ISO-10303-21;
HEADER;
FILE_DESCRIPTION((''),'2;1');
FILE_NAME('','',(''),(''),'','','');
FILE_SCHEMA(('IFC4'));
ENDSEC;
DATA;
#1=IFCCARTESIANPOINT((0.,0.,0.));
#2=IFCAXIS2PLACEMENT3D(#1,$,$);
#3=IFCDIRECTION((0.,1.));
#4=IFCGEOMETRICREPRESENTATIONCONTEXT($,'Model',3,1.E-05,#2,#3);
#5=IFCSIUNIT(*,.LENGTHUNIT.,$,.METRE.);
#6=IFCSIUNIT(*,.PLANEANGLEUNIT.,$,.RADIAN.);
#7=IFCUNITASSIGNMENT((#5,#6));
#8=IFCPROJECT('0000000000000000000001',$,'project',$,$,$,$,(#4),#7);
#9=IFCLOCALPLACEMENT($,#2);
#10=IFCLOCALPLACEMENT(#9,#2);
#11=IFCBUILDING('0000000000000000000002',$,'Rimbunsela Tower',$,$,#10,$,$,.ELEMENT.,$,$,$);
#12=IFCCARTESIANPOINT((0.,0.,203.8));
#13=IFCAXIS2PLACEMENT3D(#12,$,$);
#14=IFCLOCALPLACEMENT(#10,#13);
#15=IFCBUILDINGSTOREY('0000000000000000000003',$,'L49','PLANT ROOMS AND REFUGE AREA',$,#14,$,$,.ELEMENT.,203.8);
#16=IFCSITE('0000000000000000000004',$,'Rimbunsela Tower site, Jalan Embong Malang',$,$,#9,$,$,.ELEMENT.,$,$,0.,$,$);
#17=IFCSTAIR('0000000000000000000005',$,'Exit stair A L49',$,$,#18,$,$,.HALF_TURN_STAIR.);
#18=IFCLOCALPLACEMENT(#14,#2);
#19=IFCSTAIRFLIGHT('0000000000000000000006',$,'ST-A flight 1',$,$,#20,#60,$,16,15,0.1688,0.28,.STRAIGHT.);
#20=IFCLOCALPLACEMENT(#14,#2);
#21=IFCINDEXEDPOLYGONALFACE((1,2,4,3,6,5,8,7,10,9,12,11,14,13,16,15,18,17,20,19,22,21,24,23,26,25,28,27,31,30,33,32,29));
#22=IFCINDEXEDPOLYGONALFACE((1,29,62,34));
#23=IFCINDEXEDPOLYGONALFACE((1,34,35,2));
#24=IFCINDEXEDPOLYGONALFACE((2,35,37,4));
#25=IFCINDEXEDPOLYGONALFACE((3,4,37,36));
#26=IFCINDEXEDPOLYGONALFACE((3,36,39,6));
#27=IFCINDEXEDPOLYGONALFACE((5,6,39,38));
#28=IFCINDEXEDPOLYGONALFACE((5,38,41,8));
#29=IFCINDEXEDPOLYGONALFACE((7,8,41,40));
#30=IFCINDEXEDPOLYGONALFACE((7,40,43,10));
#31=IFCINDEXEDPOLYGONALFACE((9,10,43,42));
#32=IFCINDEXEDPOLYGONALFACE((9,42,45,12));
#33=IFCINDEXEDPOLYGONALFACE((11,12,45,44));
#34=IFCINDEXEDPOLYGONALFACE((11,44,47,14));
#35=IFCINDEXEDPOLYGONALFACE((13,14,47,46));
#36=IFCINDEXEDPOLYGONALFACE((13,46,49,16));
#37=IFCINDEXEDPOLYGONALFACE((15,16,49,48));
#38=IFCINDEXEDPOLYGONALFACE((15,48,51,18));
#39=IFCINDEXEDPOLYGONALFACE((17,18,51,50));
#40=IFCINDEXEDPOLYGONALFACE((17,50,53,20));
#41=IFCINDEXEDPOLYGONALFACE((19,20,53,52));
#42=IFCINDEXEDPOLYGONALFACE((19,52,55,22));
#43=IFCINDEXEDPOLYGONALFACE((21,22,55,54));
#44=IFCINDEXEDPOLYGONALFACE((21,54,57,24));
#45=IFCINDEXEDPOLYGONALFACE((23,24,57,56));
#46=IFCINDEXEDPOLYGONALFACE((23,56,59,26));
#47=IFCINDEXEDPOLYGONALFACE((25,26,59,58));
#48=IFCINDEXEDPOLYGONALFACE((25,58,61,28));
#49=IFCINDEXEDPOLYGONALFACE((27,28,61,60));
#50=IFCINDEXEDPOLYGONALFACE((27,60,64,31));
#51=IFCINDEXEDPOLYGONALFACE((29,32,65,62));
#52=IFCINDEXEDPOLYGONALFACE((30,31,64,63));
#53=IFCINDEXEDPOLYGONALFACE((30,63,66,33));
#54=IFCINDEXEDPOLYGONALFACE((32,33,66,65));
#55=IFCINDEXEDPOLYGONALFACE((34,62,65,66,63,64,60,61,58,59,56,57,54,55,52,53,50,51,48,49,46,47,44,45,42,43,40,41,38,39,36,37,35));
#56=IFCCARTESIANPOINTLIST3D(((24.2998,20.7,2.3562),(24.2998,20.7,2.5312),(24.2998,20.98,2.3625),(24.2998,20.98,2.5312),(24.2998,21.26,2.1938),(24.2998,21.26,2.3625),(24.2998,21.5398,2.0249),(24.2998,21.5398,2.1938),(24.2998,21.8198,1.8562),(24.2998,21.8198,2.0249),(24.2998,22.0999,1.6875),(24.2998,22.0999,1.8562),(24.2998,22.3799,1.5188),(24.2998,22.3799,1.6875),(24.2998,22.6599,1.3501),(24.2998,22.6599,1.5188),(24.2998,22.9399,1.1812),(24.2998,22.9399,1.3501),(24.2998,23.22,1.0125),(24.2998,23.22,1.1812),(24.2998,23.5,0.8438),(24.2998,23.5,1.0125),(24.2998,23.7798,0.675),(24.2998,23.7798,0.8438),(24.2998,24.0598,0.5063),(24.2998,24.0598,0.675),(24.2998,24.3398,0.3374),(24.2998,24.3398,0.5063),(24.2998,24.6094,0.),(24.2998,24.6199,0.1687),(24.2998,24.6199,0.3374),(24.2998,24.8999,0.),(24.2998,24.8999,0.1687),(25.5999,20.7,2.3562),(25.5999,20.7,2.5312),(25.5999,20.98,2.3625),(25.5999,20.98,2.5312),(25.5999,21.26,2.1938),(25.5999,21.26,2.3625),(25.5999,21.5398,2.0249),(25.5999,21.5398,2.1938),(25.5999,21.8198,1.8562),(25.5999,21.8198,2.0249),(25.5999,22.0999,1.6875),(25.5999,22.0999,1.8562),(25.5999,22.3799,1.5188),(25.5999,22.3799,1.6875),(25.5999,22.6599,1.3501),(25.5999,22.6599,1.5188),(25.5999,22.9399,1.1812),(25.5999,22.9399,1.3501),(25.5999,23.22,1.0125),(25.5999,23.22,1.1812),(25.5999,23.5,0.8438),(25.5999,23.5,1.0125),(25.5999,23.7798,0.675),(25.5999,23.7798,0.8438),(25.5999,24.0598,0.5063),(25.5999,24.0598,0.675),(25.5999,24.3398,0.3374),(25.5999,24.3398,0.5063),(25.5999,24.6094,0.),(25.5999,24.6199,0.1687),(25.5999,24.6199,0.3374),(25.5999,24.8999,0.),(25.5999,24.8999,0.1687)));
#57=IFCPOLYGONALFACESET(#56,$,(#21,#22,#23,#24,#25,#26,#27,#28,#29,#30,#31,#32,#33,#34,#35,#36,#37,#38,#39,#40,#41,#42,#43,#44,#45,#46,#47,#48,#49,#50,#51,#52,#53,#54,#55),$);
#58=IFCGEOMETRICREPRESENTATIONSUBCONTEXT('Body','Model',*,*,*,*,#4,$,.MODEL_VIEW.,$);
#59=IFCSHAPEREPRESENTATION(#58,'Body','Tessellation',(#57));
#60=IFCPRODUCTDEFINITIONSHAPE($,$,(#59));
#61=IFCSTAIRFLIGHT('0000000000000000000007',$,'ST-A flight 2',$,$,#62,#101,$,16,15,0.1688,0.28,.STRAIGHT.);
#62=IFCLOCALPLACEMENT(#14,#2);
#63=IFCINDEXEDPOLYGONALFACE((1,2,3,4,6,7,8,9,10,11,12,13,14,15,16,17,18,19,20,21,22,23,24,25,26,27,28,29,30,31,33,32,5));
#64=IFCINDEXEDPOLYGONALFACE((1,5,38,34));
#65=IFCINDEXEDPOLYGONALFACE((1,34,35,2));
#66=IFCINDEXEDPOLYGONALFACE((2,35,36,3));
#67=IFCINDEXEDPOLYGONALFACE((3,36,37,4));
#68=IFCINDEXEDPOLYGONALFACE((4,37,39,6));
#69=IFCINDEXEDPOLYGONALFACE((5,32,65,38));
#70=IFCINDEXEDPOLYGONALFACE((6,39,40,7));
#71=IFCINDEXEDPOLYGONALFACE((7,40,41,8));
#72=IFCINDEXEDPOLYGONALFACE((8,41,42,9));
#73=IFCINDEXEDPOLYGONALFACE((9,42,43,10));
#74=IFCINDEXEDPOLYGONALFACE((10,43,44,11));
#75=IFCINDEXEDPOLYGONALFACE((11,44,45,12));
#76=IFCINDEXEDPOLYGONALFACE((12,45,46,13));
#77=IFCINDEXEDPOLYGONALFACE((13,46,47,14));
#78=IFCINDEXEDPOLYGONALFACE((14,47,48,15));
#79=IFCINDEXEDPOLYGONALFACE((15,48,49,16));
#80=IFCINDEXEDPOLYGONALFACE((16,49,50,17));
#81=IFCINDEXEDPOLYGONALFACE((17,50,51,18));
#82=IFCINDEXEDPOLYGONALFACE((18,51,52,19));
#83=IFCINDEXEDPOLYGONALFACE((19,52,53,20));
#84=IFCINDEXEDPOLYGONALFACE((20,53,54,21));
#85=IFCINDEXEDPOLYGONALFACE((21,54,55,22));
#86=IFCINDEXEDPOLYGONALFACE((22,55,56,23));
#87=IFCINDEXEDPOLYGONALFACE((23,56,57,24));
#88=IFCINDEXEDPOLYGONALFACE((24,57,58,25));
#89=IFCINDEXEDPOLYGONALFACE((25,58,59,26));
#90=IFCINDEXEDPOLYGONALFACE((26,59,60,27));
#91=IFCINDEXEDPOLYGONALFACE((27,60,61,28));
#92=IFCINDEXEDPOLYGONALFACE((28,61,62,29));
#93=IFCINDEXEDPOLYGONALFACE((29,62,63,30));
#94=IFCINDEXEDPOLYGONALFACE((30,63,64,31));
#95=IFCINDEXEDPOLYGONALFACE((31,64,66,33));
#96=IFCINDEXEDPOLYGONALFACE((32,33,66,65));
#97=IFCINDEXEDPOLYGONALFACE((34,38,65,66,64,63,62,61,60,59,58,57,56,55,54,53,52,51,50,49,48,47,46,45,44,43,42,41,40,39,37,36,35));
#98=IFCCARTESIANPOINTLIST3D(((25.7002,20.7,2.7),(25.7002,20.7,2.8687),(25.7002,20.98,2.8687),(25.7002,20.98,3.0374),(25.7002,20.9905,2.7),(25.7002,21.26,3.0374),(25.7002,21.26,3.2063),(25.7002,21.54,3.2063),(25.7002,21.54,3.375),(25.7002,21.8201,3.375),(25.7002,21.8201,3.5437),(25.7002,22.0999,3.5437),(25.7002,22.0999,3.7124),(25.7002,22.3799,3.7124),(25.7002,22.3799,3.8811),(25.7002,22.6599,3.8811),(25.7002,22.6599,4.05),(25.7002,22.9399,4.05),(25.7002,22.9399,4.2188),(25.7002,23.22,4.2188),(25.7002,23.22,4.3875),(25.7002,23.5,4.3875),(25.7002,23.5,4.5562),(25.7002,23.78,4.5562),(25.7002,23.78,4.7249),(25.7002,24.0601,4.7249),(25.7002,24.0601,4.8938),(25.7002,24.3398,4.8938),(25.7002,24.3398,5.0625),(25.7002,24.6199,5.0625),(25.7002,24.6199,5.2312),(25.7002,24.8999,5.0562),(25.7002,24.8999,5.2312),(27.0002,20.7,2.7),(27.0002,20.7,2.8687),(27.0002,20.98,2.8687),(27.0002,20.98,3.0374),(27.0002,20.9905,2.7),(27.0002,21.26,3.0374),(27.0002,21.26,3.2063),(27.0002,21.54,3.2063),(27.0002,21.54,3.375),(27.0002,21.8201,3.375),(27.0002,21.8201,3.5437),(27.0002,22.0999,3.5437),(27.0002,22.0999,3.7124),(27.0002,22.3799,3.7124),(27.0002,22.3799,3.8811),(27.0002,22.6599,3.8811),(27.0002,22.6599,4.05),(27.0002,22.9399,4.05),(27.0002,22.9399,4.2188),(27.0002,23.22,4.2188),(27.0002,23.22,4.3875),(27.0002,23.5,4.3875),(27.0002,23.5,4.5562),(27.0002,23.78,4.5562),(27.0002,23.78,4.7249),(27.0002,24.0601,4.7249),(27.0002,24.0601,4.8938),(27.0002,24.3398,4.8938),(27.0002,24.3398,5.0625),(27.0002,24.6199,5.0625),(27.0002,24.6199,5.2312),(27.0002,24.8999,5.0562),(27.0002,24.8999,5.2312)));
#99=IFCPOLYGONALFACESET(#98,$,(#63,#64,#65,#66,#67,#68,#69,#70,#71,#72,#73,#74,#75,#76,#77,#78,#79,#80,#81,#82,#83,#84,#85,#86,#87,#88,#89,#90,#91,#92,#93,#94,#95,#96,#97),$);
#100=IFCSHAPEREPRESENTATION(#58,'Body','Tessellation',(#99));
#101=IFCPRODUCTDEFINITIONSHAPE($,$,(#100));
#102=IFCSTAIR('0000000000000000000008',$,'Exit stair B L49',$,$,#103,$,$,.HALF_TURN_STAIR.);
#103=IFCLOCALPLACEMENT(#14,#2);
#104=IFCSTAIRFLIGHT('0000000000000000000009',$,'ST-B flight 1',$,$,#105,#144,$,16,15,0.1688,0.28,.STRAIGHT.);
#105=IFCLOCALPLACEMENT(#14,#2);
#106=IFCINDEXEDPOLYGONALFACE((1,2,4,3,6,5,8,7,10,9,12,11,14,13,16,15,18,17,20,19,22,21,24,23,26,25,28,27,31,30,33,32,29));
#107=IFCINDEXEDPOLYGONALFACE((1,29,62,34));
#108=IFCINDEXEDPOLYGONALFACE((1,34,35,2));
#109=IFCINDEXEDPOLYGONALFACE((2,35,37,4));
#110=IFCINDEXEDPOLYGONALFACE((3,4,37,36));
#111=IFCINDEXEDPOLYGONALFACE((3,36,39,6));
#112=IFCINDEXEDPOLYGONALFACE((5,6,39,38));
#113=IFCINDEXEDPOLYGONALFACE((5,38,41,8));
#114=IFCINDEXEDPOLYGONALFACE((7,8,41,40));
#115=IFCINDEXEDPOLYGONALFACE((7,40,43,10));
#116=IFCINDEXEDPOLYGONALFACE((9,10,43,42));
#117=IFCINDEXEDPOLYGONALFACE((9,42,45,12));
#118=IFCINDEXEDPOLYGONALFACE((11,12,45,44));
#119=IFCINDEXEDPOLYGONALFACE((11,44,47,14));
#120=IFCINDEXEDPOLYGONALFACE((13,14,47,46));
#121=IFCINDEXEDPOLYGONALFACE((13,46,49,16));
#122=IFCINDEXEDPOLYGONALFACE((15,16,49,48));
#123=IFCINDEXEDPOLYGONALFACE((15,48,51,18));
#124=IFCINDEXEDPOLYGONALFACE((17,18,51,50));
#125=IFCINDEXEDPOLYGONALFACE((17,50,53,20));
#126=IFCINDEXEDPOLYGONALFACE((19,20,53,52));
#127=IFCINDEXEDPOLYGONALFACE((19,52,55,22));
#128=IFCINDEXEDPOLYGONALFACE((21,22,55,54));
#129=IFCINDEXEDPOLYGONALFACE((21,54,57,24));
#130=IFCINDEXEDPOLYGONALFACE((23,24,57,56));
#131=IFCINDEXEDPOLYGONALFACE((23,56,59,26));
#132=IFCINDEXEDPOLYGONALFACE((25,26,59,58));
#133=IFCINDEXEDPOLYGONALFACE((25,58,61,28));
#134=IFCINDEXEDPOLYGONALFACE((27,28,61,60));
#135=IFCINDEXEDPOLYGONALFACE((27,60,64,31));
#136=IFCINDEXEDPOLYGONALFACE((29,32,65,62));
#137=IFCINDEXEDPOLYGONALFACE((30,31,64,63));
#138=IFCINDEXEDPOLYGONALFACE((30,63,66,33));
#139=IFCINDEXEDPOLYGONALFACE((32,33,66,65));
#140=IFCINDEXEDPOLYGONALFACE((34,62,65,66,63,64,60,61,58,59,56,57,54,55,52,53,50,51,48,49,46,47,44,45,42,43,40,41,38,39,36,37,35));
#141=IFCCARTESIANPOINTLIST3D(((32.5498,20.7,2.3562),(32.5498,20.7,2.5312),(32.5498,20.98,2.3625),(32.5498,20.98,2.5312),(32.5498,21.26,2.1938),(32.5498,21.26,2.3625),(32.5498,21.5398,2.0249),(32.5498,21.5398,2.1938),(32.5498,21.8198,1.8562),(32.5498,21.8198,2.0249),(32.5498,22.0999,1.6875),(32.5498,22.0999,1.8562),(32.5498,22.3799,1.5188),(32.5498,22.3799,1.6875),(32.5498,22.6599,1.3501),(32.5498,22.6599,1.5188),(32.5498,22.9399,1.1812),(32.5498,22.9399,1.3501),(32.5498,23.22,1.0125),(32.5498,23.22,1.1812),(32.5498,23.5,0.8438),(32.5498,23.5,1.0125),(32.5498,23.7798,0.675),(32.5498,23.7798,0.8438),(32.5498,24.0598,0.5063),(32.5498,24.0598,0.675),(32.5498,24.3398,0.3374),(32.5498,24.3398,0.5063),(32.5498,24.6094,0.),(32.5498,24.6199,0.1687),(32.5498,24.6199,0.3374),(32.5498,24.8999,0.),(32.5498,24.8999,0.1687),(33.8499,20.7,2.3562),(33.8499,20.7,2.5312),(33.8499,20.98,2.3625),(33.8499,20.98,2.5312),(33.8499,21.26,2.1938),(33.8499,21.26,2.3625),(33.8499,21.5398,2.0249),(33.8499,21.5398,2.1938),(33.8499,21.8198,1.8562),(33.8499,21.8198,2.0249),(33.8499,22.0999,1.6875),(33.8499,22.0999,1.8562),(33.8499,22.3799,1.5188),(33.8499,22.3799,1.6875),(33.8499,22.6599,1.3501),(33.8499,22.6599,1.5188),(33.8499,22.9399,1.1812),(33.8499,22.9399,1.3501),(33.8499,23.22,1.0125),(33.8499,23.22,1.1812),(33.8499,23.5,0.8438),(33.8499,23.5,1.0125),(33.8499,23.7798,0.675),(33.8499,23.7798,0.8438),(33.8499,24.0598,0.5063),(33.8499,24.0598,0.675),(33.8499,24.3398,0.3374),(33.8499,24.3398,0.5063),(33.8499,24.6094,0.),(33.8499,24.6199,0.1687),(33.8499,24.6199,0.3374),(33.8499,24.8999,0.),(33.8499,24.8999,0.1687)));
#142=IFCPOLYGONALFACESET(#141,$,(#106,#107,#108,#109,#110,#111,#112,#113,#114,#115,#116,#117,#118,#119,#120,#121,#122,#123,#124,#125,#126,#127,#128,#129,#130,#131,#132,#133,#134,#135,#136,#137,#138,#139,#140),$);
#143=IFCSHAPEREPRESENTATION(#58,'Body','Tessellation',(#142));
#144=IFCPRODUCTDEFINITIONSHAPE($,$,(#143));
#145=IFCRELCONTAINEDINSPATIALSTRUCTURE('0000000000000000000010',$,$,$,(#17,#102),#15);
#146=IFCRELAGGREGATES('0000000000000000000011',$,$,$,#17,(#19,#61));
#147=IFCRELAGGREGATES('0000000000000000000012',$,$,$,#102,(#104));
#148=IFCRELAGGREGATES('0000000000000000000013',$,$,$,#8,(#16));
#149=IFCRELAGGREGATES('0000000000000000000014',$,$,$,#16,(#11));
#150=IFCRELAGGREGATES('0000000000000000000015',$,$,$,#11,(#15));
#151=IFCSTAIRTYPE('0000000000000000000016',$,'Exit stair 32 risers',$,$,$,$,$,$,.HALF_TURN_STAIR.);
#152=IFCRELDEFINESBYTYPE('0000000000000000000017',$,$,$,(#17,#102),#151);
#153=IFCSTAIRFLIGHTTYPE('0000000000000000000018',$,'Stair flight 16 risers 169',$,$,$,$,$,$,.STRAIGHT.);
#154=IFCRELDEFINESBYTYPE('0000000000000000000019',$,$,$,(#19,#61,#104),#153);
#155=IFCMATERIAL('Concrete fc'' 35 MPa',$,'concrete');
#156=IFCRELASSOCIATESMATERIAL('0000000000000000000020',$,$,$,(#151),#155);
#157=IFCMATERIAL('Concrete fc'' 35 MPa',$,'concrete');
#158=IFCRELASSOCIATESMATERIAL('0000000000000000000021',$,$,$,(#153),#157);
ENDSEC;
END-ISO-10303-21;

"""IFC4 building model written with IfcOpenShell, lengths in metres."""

from ifc_helpers import new_model, si_unit, direction, frame, origin, place, context, subcontext, project, spatial, polyline, outline, extrude, material, type_object, element, aggregate, save


model = new_model("IFC4")

# Units and contexts
model_context = context("Model", 3, precision=1e-05, world=origin(), true_north=direction((0.0, 1.0)))
body_context = subcontext(model_context, "Body", "Model", "MODEL_VIEW")
ifc_project = project(units=[si_unit("LENGTHUNIT", "METRE"), si_unit("PLANEANGLEUNIT", "RADIAN")], contexts=[model_context])

# Site, building, storey
site_placement = place(None, origin())
site = spatial("IfcSite", under=ifc_project, at=site_placement, Name="Rimbunsela Tower site, Jalan Embong Malang", CompositionType="ELEMENT", RefElevation=0.0)
building_placement = place(site_placement, origin())
building = spatial("IfcBuilding", under=site, at=building_placement, Name="Rimbunsela Tower", CompositionType="ELEMENT")
storey_placement = place(building_placement, frame((0.0, 0.0, 203.8)))
storey = spatial("IfcBuildingStorey", under=building, at=storey_placement, Name="L49", Description="PLANT ROOMS AND REFUGE AREA", CompositionType="ELEMENT", Elevation=203.8)

# Stair, stair flights
ifc_material_1 = material(Name="Concrete fc' 35 MPa", Category="concrete")
stair_type = type_object("IfcStairType", Name="Exit stair 32 risers", PredefinedType="HALF_TURN_STAIR", material=ifc_material_1)
stair_1_placement = place(storey_placement, origin())
stair_1 = element("IfcStair", 1, at=stair_1_placement, inside=storey, type_object=stair_type, Name="Exit stair A L49", PredefinedType="HALF_TURN_STAIR")
ifc_material_2 = material(Name="Concrete fc' 35 MPa", Category="concrete")
stair_flight_type = type_object("IfcStairFlightType", Name="Stair flight 16 risers 169", PredefinedType="STRAIGHT", material=ifc_material_2)
stair_flight_1_placement = place(storey_placement, frame((24.95, 24.8999, 0.0), z_axis=(0.0, 0.0, 1.0), x_axis=(0.0, -1.0, 0.0)))
stair_flight_1 = element("IfcStairFlight", 2, at=stair_flight_1_placement, type_object=stair_flight_type, Name="ST-A flight 1", NumberOfRisers=16, NumberOfTreads=15, PredefinedType="STRAIGHT", RiserHeight=0.1688, TreadLength=0.28, context=body_context, shape_type="SweptSolid", body=[
    extrude(outline(polyline([(0.0, 0.0), (0.0, 0.1687), (0.28, 0.1687), (0.28, 0.3374), (0.5601, 0.3374), (0.5601, 0.5063), (0.8401, 0.5063), (0.8401, 0.675), (1.1201, 0.675), (1.1201, 0.8438), (1.3999, 0.8438), (1.3999, 1.0125), (1.6799, 1.0125), (1.6799, 1.1812), (1.96, 1.1812), (1.96, 1.3501), (2.24, 1.3501), (2.24, 1.5188), (2.52, 1.5188), (2.52, 1.6875), (2.8, 1.6875), (2.8, 1.8562), (3.0801, 1.8562), (3.0801, 2.0249), (3.3601, 2.0249), (3.3601, 2.1938), (3.6399, 2.1938), (3.6399, 2.3625), (3.9199, 2.3625), (3.9199, 2.5312), (4.2, 2.5312), (4.2, 2.7), (4.2, 2.3562), (0.2905, 0.0), (0.0, 0.0)])), frame((0.0, 0.6499, 0.0), z_axis=(0.0, -1.0, 0.0), x_axis=(1.0, 0.0, 0.0)), (0.0, 0.0, 1.0), 1.3),
])
stair_flight_2_placement = place(storey_placement, frame((26.3501, 20.7, 2.7), z_axis=(0.0, 0.0, 1.0), x_axis=(0.0, 1.0, 0.0)))
stair_flight_2 = element("IfcStairFlight", 3, at=stair_flight_2_placement, type_object=stair_flight_type, Name="ST-A flight 2", NumberOfRisers=16, NumberOfTreads=15, PredefinedType="STRAIGHT", RiserHeight=0.1688, TreadLength=0.28, context=body_context, shape_type="SweptSolid", body=[
    extrude(outline(polyline([(0.0, 0.0), (0.0, 0.1687), (0.28, 0.1687), (0.28, 0.3374), (0.5601, 0.3374), (0.5601, 0.5063), (0.8401, 0.5063), (0.8401, 0.675), (1.1201, 0.675), (1.1201, 0.8438), (1.3999, 0.8438), (1.3999, 1.0125), (1.6799, 1.0125), (1.6799, 1.1812), (1.96, 1.1812), (1.96, 1.3501), (2.24, 1.3501), (2.24, 1.5188), (2.52, 1.5188), (2.52, 1.6875), (2.8, 1.6875), (2.8, 1.8562), (3.0801, 1.8562), (3.0801, 2.0249), (3.3601, 2.0249), (3.3601, 2.1938), (3.6399, 2.1938), (3.6399, 2.3625), (3.9199, 2.3625), (3.9199, 2.5312), (4.2, 2.5312), (4.2, 2.7), (4.2, 2.3562), (0.2905, 0.0), (0.0, 0.0)])), frame((0.0, 0.6499, 0.0), z_axis=(0.0, -1.0, 0.0), x_axis=(1.0, 0.0, 0.0)), (0.0, 0.0, 1.0), 1.3),
])
aggregate(stair_1, [stair_flight_1, stair_flight_2])

# Stair, stair flight
stair_2_placement = place(storey_placement, origin())
stair_2 = element("IfcStair", 4, at=stair_2_placement, inside=storey, type_object=stair_type, Name="Exit stair B L49", PredefinedType="HALF_TURN_STAIR")
stair_flight_3_placement = place(storey_placement, frame((33.2, 24.8999, 0.0), z_axis=(0.0, 0.0, 1.0), x_axis=(0.0, -1.0, 0.0)))
stair_flight_3 = element("IfcStairFlight", 5, at=stair_flight_3_placement, type_object=stair_flight_type, Name="ST-B flight 1", NumberOfRisers=16, NumberOfTreads=15, PredefinedType="STRAIGHT", RiserHeight=0.1688, TreadLength=0.28, context=body_context, shape_type="SweptSolid", body=[
    extrude(outline(polyline([(0.0, 0.0), (0.0, 0.1687), (0.28, 0.1687), (0.28, 0.3374), (0.5601, 0.3374), (0.5601, 0.5063), (0.8401, 0.5063), (0.8401, 0.675), (1.1201, 0.675), (1.1201, 0.8438), (1.3999, 0.8438), (1.3999, 1.0125), (1.6799, 1.0125), (1.6799, 1.1812), (1.96, 1.1812), (1.96, 1.3501), (2.24, 1.3501), (2.24, 1.5188), (2.52, 1.5188), (2.52, 1.6875), (2.8, 1.6875), (2.8, 1.8562), (3.0801, 1.8562), (3.0801, 2.0249), (3.3601, 2.0249), (3.3601, 2.1938), (3.6399, 2.1938), (3.6399, 2.3625), (3.9199, 2.3625), (3.9199, 2.5312), (4.2, 2.5312), (4.2, 2.7), (4.2, 2.3562), (0.2905, 0.0), (0.0, 0.0)])), frame((0.0, 0.6499, 0.0), z_axis=(0.0, -1.0, 0.0), x_axis=(1.0, 0.0, 0.0)), (0.0, 0.0, 1.0), 1.3),
])
aggregate(stair_2, [stair_flight_3])

save(model, "model.ifc")
